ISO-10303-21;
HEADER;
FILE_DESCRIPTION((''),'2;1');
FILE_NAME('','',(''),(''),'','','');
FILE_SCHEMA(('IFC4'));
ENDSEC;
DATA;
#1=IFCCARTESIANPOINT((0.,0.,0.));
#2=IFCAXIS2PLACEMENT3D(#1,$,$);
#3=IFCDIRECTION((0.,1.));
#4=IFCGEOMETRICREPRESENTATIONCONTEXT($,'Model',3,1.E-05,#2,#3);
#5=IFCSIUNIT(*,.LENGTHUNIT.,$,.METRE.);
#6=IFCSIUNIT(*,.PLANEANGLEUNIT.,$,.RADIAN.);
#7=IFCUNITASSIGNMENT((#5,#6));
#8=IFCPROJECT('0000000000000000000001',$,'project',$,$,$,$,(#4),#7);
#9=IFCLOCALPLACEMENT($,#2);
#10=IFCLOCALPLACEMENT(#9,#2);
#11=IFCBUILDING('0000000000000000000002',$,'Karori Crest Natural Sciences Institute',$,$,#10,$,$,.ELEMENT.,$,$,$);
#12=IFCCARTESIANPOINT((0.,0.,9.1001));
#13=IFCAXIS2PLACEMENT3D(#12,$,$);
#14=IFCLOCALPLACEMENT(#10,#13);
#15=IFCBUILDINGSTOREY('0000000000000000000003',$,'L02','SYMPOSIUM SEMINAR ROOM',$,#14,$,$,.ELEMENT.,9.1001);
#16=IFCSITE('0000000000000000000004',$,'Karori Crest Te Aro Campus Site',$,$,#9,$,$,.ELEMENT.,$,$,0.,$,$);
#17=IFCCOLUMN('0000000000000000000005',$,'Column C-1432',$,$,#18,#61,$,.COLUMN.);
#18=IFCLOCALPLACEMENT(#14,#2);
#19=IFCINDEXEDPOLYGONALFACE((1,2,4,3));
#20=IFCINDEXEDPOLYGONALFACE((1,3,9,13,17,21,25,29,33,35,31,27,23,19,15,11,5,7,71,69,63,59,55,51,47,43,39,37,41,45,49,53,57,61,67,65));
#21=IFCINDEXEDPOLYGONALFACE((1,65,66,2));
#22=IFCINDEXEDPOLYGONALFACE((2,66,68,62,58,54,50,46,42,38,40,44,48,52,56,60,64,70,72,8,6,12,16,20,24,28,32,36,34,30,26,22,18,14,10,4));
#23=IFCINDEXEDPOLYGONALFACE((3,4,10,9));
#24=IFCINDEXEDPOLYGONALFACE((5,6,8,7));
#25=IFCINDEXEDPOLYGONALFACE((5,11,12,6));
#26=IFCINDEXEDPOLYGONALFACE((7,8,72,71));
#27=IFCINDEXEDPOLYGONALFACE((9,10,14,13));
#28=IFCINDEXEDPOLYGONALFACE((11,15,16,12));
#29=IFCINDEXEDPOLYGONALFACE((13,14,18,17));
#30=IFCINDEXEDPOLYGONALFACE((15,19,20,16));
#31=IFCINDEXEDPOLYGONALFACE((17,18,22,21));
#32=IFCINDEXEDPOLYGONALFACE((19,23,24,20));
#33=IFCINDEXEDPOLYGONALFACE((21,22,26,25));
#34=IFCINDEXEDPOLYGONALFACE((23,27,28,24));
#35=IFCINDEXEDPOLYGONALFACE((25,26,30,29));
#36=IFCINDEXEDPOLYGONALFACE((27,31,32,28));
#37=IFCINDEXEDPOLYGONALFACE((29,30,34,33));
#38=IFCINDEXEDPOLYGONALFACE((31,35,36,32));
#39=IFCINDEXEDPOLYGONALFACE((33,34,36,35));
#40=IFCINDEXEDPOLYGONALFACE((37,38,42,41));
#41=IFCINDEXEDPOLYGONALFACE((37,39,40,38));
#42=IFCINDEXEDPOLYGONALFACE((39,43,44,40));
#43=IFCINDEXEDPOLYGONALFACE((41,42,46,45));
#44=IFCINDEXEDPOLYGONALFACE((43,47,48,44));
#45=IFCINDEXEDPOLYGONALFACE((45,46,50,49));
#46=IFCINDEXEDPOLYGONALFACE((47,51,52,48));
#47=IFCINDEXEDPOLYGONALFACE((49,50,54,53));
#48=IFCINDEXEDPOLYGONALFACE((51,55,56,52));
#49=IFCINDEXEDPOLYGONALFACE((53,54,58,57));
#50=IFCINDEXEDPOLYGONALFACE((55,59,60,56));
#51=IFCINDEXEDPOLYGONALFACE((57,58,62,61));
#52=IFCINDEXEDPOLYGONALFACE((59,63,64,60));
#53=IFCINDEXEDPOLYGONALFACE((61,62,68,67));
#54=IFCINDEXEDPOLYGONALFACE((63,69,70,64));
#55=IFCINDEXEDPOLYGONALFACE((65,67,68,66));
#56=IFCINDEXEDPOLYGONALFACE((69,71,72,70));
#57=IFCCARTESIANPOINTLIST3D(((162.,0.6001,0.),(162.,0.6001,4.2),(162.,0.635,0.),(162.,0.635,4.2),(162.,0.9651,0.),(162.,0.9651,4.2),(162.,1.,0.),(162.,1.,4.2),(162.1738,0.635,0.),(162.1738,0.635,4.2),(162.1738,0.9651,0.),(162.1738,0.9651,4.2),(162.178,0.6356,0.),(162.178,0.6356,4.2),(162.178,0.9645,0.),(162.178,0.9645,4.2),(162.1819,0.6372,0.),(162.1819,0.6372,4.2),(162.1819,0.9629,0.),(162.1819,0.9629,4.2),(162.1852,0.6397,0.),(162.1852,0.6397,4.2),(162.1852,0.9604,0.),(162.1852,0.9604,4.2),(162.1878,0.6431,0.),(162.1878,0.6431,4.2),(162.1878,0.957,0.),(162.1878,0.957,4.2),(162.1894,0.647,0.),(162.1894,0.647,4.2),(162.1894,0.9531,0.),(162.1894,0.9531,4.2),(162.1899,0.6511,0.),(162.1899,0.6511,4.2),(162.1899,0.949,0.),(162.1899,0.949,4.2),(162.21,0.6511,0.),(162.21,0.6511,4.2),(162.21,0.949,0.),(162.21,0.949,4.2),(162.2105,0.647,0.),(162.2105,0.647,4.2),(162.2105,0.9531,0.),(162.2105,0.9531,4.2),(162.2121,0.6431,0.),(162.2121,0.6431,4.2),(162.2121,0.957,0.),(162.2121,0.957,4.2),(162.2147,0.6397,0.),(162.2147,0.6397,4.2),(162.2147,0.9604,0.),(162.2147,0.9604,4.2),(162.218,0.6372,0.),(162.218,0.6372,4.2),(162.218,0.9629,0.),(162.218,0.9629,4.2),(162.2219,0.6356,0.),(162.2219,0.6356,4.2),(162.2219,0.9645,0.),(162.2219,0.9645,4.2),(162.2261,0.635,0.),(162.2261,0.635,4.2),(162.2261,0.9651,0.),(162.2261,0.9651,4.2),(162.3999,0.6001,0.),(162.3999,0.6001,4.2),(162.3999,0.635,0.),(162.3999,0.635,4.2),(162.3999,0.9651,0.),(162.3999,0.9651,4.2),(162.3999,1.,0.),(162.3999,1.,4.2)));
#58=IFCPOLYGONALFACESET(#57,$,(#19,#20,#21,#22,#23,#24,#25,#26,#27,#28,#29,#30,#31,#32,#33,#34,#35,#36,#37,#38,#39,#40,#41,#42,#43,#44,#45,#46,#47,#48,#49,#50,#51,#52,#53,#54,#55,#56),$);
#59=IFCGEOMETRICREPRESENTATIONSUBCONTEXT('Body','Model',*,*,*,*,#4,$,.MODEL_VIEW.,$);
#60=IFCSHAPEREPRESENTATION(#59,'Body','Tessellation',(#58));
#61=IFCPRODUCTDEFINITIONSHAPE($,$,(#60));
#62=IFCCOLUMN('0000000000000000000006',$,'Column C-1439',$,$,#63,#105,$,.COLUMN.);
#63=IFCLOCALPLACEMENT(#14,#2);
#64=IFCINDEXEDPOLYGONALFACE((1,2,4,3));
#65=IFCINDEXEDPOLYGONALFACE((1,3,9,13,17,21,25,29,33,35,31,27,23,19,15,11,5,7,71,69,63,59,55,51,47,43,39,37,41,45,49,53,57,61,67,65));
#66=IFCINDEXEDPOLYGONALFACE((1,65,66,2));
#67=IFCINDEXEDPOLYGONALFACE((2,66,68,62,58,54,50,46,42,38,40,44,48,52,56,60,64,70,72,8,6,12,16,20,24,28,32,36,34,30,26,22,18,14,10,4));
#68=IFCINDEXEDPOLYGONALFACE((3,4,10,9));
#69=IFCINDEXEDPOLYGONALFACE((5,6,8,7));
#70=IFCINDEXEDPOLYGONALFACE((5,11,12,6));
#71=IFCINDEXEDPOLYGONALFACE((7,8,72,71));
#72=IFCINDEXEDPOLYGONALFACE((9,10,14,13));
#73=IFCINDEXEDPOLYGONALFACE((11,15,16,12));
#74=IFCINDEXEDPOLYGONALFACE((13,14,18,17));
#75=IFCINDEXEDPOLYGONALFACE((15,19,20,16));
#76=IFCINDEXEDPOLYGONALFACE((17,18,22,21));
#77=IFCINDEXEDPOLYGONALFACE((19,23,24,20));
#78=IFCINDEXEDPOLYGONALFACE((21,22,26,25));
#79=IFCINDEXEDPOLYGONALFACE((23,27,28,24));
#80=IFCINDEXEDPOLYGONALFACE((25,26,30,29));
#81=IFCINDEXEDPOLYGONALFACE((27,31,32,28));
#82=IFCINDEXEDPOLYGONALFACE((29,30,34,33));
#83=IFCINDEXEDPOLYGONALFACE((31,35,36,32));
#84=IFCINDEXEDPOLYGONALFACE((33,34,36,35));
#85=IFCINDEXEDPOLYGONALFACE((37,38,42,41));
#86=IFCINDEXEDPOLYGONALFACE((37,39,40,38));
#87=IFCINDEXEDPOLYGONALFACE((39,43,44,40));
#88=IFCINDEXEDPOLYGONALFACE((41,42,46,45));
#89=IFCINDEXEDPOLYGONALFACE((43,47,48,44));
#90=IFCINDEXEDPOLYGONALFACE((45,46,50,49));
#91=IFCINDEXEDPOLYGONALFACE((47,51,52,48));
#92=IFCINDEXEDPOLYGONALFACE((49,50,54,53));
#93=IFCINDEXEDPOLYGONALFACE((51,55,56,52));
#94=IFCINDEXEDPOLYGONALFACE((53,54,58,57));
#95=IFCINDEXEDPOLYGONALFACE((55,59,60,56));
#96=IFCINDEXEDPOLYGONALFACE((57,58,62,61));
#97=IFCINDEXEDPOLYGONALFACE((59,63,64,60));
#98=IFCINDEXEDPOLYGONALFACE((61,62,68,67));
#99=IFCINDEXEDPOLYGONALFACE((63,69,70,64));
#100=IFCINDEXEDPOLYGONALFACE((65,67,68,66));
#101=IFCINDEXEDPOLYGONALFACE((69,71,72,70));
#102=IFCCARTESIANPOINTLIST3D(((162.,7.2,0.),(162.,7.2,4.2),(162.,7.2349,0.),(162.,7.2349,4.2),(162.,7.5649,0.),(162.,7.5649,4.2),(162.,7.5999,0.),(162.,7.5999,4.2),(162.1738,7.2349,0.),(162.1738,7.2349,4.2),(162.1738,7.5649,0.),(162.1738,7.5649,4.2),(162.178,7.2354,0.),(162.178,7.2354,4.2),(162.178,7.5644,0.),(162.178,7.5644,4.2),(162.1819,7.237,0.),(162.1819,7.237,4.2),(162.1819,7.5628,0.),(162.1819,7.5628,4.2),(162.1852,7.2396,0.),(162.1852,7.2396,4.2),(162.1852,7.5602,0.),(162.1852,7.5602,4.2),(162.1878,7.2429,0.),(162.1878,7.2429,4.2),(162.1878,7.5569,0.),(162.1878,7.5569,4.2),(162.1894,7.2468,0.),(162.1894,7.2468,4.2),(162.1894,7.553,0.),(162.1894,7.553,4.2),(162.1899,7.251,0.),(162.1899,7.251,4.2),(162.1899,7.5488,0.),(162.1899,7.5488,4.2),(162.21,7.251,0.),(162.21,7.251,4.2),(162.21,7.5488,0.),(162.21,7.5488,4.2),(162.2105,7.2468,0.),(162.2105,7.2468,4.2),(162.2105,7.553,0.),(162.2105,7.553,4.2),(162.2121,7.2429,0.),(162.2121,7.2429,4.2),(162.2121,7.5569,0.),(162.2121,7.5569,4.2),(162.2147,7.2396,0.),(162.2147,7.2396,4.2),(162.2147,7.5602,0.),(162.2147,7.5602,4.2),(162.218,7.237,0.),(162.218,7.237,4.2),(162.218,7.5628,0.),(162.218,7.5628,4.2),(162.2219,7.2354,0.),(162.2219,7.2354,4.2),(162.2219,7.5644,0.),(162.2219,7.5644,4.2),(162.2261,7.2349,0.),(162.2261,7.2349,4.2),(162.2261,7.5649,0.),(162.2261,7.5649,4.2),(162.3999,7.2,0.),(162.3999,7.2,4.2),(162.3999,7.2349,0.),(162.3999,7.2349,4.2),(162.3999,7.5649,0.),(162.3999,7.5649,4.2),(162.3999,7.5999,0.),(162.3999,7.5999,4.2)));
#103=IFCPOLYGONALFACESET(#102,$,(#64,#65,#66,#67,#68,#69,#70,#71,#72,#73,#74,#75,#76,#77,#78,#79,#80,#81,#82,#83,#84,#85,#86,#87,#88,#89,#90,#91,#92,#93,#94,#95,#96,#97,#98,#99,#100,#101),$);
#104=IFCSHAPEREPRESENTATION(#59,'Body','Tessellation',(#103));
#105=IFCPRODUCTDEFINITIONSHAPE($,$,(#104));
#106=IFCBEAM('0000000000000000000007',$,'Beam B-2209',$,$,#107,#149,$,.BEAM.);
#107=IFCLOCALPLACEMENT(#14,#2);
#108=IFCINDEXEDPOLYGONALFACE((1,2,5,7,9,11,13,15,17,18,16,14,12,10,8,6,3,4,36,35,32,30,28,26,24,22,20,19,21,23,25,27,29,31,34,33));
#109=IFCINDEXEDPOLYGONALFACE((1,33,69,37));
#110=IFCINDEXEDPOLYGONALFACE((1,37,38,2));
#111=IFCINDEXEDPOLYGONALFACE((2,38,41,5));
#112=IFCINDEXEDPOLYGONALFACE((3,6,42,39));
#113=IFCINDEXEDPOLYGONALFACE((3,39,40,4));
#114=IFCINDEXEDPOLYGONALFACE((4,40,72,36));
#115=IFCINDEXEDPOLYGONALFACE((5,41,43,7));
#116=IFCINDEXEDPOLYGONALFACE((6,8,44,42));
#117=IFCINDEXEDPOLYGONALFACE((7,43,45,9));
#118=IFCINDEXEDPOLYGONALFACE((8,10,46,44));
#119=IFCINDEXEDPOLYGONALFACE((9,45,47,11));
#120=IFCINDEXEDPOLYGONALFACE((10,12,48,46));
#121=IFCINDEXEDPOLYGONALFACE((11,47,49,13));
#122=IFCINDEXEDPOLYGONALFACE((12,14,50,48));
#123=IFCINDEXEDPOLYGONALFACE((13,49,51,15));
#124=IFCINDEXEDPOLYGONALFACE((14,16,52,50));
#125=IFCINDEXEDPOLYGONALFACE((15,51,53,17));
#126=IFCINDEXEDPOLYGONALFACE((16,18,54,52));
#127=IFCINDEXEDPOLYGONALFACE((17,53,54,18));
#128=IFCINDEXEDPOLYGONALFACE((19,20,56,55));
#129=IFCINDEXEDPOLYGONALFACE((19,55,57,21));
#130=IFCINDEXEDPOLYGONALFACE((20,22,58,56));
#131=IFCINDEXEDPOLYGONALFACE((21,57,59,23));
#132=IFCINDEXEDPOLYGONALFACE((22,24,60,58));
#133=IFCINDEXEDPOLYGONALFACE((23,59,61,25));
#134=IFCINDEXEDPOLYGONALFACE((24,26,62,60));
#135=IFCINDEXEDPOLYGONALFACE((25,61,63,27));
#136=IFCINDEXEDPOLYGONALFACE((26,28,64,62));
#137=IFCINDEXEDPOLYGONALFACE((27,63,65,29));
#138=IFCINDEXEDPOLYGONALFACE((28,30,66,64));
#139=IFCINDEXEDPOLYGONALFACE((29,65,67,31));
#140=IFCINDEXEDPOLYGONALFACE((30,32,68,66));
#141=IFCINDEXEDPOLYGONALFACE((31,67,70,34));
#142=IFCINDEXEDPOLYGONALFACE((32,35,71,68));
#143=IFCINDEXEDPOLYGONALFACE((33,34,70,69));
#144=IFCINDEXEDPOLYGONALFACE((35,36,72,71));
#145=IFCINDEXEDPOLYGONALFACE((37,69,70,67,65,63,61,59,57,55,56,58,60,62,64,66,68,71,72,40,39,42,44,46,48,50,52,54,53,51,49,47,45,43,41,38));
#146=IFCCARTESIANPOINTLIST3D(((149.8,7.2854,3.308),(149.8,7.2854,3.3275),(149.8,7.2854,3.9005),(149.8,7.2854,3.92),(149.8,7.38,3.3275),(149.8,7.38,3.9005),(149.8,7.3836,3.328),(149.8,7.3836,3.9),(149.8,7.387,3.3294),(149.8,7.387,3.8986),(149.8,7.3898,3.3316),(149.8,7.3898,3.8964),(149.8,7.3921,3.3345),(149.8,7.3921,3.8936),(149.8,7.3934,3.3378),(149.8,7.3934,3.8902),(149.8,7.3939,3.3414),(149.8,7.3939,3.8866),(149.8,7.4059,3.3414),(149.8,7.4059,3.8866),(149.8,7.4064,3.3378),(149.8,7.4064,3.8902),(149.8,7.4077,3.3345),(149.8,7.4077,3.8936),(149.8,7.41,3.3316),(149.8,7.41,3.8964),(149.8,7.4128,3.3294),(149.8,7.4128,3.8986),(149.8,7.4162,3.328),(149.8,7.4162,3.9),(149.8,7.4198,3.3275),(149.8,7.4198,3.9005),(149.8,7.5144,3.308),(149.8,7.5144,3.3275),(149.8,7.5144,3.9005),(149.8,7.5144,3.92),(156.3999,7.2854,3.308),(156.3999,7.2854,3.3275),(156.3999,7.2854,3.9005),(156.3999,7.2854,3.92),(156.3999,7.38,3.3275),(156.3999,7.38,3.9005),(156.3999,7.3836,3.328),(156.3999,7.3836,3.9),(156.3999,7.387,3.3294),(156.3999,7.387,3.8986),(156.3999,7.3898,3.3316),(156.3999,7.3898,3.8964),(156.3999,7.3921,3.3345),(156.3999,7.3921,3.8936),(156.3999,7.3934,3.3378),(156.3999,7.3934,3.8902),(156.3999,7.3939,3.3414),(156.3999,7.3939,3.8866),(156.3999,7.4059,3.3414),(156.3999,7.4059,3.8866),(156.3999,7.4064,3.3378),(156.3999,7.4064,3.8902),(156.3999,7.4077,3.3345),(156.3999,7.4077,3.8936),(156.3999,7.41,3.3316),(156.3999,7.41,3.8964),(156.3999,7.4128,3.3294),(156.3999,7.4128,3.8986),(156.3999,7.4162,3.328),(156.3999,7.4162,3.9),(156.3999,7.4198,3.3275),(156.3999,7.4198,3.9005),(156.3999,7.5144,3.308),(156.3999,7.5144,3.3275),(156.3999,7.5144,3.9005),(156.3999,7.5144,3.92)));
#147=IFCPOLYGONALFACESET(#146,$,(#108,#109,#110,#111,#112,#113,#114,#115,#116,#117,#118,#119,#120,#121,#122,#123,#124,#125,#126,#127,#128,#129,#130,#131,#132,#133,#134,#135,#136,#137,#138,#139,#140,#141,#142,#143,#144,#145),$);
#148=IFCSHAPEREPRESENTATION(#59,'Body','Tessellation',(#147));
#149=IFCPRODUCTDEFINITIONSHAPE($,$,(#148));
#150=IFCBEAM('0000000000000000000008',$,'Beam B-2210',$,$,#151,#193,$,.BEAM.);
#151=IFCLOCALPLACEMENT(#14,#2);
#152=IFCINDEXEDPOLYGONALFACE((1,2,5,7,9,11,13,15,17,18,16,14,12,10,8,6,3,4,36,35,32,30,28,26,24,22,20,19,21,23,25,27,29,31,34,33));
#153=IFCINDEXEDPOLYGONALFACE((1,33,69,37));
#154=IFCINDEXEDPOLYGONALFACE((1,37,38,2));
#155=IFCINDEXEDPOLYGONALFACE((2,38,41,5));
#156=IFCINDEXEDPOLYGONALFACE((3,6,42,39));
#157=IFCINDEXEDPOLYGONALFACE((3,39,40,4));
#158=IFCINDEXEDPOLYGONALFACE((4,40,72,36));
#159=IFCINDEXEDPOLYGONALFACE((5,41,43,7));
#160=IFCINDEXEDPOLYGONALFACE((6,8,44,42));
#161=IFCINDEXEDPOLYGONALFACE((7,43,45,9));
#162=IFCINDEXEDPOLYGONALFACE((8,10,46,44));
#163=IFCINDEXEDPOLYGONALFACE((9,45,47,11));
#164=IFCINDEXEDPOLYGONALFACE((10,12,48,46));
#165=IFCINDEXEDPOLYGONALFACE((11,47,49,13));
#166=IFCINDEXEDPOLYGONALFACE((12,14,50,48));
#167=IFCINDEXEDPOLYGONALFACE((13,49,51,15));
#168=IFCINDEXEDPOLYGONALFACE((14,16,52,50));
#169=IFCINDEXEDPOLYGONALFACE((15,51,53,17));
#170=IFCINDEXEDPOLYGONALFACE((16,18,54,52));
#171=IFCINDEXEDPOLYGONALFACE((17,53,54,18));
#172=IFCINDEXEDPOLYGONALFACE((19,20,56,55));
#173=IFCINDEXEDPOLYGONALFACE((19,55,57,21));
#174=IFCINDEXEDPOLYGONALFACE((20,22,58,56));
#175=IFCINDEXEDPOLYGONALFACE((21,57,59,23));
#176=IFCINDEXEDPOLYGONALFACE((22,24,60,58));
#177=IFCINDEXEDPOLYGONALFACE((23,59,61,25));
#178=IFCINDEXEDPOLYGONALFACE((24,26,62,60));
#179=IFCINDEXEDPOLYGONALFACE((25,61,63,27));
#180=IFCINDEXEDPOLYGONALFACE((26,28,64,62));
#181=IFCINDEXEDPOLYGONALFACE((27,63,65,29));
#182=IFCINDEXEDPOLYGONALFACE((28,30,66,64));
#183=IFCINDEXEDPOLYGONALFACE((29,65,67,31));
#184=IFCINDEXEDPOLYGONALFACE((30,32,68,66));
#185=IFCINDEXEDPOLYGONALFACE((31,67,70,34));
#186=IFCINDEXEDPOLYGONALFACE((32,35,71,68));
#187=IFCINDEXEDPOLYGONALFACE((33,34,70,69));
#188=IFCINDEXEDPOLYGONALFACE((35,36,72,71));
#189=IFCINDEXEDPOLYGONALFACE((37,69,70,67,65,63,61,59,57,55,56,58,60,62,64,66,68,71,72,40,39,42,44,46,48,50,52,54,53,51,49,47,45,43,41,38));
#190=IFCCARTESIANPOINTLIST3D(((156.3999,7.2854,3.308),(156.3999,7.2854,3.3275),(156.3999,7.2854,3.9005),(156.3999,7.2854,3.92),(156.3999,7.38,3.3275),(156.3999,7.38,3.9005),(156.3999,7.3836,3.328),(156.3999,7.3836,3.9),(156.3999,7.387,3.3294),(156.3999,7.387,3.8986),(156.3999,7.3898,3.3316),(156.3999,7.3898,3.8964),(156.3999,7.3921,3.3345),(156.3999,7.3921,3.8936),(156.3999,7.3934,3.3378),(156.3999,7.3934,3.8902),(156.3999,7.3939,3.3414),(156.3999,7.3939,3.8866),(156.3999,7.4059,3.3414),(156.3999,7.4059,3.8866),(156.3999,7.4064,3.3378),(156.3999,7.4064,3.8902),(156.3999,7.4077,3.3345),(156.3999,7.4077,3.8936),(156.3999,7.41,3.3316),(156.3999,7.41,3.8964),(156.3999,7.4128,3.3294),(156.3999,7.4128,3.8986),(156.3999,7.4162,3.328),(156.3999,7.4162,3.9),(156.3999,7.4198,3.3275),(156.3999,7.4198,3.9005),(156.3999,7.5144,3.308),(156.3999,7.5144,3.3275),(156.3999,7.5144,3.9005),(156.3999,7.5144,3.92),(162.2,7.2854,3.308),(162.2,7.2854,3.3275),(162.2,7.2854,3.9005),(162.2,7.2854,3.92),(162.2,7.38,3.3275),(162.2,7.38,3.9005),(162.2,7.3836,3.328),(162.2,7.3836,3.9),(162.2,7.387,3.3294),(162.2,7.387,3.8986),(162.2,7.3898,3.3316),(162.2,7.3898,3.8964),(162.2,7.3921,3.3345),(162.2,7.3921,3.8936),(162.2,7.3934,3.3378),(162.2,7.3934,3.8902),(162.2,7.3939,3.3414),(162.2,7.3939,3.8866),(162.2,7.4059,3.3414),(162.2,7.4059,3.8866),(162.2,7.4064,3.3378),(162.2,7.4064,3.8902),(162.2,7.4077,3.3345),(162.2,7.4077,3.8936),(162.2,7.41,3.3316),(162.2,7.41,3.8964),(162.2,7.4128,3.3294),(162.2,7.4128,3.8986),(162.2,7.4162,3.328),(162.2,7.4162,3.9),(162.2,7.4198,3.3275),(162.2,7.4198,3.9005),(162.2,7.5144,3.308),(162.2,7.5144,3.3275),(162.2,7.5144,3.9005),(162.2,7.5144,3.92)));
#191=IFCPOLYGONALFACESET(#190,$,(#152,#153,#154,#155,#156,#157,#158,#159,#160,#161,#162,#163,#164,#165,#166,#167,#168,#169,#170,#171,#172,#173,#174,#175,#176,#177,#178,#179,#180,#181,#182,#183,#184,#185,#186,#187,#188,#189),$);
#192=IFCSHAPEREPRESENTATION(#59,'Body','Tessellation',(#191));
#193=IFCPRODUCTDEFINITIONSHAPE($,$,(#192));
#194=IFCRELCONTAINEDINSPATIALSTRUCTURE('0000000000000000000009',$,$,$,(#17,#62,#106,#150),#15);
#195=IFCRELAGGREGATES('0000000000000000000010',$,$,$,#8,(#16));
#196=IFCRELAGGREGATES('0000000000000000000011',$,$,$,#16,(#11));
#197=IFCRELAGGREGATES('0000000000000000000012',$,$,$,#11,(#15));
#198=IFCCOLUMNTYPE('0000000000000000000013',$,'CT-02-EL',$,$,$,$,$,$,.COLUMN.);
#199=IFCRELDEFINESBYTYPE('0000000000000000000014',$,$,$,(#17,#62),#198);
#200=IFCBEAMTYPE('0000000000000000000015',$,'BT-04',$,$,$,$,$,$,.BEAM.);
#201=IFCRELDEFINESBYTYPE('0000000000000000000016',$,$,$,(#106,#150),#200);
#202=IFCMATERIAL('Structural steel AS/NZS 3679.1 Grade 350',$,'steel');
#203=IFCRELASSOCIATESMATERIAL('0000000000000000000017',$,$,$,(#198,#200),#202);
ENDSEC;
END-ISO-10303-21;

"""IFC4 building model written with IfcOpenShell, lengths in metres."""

from ifc_helpers import new_model, si_unit, direction, frame, origin, origin_2d, place, context, subcontext, project, spatial, i_section, extrude, material, material_profile, profile_set, type_object, element, save


model = new_model("IFC4")

# Units and contexts
model_context = context("Model", 3, precision=1e-05, world=origin(), true_north=direction((0.0, 1.0)))
body_context = subcontext(model_context, "Body", "Model", "MODEL_VIEW")
ifc_project = project(units=[si_unit("LENGTHUNIT", "METRE"), si_unit("PLANEANGLEUNIT", "RADIAN")], contexts=[model_context])

# Site, building, storey
site_placement = place(None, origin())
site = spatial("IfcSite", under=ifc_project, at=site_placement, Name="Karori Crest Te Aro Campus Site", CompositionType="ELEMENT", RefElevation=0.0)
building_placement = place(site_placement, origin())
building = spatial("IfcBuilding", under=site, at=building_placement, Name="Karori Crest Natural Sciences Institute", CompositionType="ELEMENT")
storey_placement = place(building_placement, frame((0.0, 0.0, 9.1001)))
storey = spatial("IfcBuildingStorey", under=building, at=storey_placement, Name="L02", Description="SYMPOSIUM SEMINAR ROOM", CompositionType="ELEMENT", Elevation=9.1001)

# Columns
ifc_material_1 = material(Name="Structural steel AS/NZS 3679.1 Grade 350", Category="steel")
ifc_material_profile_1 = material_profile(ifc_material_1, i_section(OverallWidth=0.3999, OverallDepth=0.3999, WebThickness=0.02, FlangeThickness=0.0349, FilletRadius=0.0161, at=origin_2d()), Name="400WC328")
ifc_profile_set_1 = profile_set([ifc_material_profile_1], Name="Structural steel AS/NZS 3679.1 Grade 350")
column_type_1 = type_object("IfcColumnType", Name="CT-02-EL", PredefinedType="COLUMN", material=ifc_profile_set_1)
for number, where, z_axis, x_axis, name in (
    (1, (162.2, 0.8, 0.0), (0.0, 0.0, 1.0), (1.0, 0.0, 0.0), "Column C-1432"),
    (2, (162.2, 7.3999, 0.0), (0.0, 0.0, 1.0), (1.0, 0.0, 0.0), "Column C-1439"),
):
    element("IfcColumn", number, at=place(storey_placement, frame(where, z_axis=z_axis, x_axis=x_axis)), inside=storey, type_object=column_type_1, Name=name, PredefinedType="COLUMN", context=body_context, shape_type="SweptSolid", body=[
        extrude(i_section(OverallWidth=0.3999, OverallDepth=0.3999, WebThickness=0.02, FlangeThickness=0.0349, FilletRadius=0.0161, at=origin_2d()), origin(), (0.0, 0.0, 1.0), 4.2),
    ])

# Beams
ifc_material_profile_2 = material_profile(ifc_material_1, i_section(OverallWidth=0.229, OverallDepth=0.6121, WebThickness=0.012, FlangeThickness=0.0195, FilletRadius=0.0139, at=origin_2d()), Name="610UB125")
ifc_profile_set_2 = profile_set([ifc_material_profile_2], Name="Structural steel AS/NZS 3679.1 Grade 350")
beam_type_1 = type_object("IfcBeamType", Name="BT-04", PredefinedType="BEAM", material=ifc_profile_set_2)
beam_1_placement = place(storey_placement, frame((149.8, 7.3999, 3.614), z_axis=(1.0, 0.0, 0.0), x_axis=(0.0, 1.0, 0.0)))
element("IfcBeam", 3, at=beam_1_placement, inside=storey, type_object=beam_type_1, Name="Beam B-2209", PredefinedType="BEAM", context=body_context, shape_type="SweptSolid", body=[
    extrude(i_section(OverallWidth=0.229, OverallDepth=0.6121, WebThickness=0.012, FlangeThickness=0.0195, FilletRadius=0.0139, at=origin_2d()), origin(), (0.0, 0.0, 1.0), 6.5999),
])
beam_2_placement = place(storey_placement, frame((156.3999, 7.3999, 3.614), z_axis=(1.0, 0.0, 0.0), x_axis=(0.0, 1.0, 0.0)))
element("IfcBeam", 4, at=beam_2_placement, inside=storey, type_object=beam_type_1, Name="Beam B-2210", PredefinedType="BEAM", context=body_context, shape_type="SweptSolid", body=[
    extrude(i_section(OverallWidth=0.229, OverallDepth=0.6121, WebThickness=0.012, FlangeThickness=0.0195, FilletRadius=0.0139, at=origin_2d()), origin(), (0.0, 0.0, 1.0), 5.8),
])

save(model, "model.ifc")
